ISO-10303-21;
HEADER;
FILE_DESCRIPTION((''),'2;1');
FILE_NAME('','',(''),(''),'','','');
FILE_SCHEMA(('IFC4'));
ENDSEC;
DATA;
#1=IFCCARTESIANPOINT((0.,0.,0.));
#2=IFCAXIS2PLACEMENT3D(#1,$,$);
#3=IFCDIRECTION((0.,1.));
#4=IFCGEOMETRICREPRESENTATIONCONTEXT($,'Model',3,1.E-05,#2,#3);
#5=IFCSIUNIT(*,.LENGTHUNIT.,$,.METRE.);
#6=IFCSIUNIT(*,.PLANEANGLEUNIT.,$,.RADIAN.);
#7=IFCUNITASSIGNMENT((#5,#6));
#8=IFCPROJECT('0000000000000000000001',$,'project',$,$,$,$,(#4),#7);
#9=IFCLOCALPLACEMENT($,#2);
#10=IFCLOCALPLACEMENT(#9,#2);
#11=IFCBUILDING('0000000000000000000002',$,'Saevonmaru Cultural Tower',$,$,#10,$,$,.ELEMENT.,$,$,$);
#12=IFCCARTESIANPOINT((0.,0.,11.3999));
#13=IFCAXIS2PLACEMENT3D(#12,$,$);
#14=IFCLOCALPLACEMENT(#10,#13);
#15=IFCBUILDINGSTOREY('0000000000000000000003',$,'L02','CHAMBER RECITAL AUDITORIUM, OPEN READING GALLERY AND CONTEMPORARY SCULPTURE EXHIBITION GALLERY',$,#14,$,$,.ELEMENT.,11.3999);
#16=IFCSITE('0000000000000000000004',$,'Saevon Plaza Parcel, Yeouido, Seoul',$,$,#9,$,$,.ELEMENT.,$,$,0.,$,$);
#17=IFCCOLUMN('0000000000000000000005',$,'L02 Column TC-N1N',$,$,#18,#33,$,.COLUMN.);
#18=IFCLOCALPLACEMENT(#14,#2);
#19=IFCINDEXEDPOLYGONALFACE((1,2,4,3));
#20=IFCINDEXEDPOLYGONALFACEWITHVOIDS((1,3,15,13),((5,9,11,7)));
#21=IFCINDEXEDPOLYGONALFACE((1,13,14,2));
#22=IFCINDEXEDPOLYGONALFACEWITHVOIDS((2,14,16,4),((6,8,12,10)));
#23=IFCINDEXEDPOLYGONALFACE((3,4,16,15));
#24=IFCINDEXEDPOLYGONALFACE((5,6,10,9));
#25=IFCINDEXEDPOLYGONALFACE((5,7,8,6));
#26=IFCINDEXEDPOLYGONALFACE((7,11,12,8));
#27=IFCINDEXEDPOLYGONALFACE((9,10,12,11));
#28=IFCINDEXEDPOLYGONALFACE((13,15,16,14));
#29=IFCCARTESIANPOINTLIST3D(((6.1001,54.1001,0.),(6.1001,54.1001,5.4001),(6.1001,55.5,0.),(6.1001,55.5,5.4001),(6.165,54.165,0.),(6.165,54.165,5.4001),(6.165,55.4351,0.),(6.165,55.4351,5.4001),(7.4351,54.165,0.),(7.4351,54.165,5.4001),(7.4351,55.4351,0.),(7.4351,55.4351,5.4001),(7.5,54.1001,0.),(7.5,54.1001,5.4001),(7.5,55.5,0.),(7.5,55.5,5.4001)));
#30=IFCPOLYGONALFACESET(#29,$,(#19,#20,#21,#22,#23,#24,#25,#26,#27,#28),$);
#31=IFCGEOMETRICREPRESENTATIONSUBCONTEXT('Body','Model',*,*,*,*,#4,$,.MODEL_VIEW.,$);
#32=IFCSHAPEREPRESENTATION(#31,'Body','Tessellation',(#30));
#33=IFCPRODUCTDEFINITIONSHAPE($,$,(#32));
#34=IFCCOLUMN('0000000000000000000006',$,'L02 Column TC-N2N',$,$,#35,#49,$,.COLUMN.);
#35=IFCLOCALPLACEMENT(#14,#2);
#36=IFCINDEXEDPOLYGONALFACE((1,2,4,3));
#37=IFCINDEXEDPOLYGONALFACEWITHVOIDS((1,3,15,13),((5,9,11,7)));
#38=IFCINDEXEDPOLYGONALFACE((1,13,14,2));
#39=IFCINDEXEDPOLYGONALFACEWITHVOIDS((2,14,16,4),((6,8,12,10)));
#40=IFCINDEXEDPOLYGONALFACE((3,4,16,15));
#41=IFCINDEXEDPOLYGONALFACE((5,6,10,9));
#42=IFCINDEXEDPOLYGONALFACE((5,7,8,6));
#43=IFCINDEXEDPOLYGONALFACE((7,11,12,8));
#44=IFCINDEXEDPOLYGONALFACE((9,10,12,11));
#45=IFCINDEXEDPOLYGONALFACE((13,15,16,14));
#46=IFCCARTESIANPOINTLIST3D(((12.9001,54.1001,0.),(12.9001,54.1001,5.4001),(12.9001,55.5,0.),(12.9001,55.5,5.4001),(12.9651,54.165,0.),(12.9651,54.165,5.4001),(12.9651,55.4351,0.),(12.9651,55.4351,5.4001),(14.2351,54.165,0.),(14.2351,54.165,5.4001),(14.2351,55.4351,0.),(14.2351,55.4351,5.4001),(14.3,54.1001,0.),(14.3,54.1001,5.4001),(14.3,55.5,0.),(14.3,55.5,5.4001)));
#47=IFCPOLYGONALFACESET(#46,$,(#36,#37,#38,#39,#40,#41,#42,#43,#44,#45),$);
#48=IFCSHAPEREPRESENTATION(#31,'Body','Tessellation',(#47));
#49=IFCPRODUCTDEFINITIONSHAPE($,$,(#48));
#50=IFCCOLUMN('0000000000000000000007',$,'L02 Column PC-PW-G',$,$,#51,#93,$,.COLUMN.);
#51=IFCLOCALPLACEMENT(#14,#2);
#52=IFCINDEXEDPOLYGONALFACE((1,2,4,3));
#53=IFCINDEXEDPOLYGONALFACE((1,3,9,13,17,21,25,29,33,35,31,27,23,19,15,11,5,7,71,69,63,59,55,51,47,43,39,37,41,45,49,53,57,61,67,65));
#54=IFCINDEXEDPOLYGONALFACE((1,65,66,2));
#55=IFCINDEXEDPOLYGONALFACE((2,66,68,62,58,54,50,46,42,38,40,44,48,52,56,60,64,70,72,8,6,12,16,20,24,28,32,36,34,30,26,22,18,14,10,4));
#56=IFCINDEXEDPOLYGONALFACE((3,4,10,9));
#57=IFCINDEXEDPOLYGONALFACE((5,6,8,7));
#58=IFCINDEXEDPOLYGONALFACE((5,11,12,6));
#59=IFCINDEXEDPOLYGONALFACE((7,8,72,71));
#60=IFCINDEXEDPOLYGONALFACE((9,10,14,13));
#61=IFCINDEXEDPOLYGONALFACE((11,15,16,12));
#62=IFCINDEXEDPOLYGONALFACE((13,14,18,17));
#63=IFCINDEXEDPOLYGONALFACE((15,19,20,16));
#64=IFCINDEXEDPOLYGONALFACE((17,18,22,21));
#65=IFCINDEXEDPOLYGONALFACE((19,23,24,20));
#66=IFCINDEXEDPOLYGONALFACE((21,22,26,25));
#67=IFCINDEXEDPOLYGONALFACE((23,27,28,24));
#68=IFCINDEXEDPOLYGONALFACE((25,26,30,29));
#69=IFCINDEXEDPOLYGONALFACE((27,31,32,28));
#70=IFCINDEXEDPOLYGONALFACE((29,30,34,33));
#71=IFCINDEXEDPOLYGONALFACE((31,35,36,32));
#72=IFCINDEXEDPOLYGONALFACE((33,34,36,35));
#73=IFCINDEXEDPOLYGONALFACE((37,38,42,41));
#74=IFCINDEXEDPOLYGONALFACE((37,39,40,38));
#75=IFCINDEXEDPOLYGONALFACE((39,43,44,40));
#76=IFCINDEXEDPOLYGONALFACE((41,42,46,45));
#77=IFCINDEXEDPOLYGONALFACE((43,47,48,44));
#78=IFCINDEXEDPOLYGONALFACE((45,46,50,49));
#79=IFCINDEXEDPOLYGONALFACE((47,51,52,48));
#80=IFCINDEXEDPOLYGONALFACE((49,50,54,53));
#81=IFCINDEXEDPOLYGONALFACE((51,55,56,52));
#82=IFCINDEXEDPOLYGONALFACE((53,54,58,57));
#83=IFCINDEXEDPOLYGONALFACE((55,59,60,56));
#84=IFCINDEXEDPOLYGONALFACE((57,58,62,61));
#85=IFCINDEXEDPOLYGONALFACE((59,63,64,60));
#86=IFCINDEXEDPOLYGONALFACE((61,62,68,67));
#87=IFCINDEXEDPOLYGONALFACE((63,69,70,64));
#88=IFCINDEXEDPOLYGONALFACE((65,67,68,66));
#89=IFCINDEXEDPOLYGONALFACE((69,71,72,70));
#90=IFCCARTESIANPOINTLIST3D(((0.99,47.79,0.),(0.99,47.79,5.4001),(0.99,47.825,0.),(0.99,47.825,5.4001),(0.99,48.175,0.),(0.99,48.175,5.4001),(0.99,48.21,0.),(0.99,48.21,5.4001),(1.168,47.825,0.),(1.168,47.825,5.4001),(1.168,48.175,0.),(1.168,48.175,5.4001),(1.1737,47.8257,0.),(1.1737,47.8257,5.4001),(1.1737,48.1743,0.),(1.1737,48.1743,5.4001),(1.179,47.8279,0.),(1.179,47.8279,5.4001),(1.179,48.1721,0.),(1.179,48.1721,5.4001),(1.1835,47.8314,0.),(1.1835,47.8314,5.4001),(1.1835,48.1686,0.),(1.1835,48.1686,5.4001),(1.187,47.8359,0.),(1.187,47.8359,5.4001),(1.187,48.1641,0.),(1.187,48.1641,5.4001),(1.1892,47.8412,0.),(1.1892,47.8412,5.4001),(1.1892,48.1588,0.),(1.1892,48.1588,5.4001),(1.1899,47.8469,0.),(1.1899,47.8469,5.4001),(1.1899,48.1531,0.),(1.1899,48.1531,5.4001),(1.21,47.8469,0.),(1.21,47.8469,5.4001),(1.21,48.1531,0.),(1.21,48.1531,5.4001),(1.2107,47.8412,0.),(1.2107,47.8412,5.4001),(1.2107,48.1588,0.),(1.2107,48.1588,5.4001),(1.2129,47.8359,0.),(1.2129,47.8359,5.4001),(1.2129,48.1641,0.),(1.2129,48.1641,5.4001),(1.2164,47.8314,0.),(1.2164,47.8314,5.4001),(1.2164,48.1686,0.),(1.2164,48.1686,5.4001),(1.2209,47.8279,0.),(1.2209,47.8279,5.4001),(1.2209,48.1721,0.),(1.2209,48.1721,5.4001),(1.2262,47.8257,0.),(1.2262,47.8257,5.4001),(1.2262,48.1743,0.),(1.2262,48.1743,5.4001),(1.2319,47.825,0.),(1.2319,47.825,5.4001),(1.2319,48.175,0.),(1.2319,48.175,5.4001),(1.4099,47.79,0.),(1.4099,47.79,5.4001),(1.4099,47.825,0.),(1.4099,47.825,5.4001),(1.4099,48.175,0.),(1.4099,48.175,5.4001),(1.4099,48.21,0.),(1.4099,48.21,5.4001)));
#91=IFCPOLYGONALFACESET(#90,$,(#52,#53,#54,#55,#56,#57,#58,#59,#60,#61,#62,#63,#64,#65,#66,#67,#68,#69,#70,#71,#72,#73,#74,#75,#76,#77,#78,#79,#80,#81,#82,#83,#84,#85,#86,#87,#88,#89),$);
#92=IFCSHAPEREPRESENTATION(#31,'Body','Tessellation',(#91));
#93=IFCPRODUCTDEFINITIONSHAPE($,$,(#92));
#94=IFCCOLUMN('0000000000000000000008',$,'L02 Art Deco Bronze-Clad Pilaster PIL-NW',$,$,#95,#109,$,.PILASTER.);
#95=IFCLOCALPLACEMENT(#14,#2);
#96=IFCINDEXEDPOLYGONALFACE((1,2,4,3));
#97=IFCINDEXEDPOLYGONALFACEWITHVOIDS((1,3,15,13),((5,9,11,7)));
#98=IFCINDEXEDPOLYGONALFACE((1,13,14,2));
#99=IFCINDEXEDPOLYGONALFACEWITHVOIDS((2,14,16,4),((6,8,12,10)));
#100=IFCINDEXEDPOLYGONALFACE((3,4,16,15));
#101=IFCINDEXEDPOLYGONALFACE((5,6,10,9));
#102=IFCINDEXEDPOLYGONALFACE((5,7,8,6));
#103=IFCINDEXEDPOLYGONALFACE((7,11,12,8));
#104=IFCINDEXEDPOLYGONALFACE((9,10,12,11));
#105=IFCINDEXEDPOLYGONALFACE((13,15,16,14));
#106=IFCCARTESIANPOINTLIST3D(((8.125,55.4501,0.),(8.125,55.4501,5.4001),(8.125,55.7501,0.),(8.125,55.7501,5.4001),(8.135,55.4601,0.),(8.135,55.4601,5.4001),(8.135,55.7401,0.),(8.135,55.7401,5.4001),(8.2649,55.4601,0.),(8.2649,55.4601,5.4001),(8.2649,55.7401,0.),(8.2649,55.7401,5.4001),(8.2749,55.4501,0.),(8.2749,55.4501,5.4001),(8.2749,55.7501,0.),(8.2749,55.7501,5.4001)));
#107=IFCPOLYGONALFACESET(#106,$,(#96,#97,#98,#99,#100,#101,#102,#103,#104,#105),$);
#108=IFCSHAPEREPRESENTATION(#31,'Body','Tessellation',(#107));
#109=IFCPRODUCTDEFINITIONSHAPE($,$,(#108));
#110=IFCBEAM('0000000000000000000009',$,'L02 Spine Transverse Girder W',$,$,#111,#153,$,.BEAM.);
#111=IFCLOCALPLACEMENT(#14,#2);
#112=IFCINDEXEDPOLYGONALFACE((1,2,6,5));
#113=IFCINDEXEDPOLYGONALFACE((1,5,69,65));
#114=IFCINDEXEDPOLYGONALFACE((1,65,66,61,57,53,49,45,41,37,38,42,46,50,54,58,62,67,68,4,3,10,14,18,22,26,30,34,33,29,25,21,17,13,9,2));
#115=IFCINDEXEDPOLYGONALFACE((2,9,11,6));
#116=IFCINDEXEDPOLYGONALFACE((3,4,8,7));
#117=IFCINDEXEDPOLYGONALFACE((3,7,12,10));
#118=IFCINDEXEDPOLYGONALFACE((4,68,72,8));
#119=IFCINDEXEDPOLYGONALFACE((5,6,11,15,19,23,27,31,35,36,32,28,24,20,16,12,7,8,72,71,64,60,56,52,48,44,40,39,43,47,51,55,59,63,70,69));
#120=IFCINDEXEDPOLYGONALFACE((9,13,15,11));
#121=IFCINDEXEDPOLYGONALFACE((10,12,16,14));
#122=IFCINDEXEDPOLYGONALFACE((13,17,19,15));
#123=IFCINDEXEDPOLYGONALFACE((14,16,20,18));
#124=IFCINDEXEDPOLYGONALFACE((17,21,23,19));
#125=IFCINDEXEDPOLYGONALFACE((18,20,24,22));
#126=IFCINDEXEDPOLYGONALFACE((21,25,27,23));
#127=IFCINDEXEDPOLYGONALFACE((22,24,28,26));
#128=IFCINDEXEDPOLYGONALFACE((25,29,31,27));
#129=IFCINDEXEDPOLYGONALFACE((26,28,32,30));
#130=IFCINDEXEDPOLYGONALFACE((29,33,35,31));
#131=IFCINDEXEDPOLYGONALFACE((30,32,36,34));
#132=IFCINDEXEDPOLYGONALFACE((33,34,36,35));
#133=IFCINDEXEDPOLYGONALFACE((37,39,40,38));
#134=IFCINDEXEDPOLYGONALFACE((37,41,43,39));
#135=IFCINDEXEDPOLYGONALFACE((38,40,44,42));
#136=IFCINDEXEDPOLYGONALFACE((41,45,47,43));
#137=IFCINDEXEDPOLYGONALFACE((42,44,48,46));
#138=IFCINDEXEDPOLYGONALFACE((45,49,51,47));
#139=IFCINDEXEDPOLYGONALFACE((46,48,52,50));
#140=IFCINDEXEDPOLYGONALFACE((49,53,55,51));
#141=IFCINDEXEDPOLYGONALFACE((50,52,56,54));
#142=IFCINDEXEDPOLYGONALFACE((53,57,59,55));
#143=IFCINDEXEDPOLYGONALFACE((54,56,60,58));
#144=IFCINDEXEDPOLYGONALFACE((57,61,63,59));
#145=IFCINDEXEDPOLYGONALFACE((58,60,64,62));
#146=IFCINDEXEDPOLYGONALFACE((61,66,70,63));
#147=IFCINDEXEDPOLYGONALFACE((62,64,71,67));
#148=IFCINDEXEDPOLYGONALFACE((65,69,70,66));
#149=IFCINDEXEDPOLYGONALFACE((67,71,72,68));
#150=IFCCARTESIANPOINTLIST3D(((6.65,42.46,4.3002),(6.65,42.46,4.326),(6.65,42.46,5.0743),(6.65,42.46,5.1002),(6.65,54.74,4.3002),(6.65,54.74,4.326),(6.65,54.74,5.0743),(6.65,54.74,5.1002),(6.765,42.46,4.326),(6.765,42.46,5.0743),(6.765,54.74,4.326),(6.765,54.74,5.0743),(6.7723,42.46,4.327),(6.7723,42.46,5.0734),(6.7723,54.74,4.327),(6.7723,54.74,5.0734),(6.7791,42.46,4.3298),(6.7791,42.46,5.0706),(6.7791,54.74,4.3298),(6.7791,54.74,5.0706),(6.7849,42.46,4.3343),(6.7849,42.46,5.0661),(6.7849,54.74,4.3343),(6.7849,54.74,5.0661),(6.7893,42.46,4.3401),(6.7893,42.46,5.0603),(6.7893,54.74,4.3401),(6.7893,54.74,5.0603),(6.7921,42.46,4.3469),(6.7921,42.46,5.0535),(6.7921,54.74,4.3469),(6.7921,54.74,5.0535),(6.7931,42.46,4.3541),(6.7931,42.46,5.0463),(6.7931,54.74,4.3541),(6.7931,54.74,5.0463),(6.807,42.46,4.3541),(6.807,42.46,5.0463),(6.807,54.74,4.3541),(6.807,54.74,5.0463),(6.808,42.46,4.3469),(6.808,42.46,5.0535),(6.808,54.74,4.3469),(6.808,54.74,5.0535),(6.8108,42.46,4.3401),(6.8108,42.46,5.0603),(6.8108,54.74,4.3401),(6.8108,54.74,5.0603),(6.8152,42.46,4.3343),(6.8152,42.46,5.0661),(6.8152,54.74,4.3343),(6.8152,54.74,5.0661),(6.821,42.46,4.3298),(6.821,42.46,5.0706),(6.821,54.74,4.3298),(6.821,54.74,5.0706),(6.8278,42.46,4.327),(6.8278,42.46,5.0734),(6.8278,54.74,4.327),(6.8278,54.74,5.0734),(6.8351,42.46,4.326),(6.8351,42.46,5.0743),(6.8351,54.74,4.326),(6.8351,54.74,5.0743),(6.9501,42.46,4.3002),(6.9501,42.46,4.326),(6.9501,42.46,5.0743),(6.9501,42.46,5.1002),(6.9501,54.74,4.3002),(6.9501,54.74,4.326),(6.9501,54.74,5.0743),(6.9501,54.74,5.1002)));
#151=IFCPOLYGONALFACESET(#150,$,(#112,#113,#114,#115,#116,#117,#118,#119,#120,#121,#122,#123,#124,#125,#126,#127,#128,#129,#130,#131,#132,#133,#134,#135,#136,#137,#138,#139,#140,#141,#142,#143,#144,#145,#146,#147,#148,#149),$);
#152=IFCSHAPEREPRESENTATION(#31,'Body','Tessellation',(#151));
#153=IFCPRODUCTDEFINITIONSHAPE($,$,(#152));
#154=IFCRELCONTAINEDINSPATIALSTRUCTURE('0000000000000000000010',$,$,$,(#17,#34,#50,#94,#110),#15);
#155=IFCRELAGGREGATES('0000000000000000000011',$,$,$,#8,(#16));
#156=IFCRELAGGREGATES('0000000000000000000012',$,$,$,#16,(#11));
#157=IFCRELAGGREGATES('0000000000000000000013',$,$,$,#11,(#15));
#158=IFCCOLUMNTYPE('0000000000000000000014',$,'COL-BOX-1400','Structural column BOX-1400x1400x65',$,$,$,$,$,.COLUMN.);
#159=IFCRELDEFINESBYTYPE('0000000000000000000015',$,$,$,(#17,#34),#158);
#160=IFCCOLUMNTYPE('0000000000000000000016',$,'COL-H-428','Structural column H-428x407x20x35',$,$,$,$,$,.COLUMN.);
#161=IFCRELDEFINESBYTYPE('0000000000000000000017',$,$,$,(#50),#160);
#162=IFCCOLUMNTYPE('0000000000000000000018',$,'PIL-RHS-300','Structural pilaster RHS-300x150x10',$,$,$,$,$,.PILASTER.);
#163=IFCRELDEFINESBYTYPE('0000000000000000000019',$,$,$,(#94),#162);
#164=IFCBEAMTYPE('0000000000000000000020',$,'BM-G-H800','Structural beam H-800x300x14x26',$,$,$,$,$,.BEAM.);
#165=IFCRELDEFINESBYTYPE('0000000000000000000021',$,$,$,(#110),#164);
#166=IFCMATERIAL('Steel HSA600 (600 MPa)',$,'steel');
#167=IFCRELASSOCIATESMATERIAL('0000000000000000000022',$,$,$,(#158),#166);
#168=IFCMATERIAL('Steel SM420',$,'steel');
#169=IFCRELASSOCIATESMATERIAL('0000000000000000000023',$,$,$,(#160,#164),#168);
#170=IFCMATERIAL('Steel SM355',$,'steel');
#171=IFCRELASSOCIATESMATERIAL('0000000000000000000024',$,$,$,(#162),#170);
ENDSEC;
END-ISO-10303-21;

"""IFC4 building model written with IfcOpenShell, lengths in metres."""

from ifc_helpers import new_model, si_unit, direction, frame, origin, origin_2d, place, context, subcontext, project, spatial, hollow_rectangle, i_section, extrude, material, material_profile, profile_set, type_object, element, save


model = new_model("IFC4")

# Units and contexts
model_context = context("Model", 3, precision=1e-05, world=origin(), true_north=direction((0.0, 1.0)))
body_context = subcontext(model_context, "Body", "Model", "MODEL_VIEW")
ifc_project = project(units=[si_unit("LENGTHUNIT", "METRE"), si_unit("PLANEANGLEUNIT", "RADIAN")], contexts=[model_context])

# Site, building, storey
site_placement = place(None, origin())
site = spatial("IfcSite", under=ifc_project, at=site_placement, Name="Saevon Plaza Parcel, Yeouido, Seoul", CompositionType="ELEMENT", RefElevation=0.0)
building_placement = place(site_placement, origin())
building = spatial("IfcBuilding", under=site, at=building_placement, Name="Saevonmaru Cultural Tower", CompositionType="ELEMENT")
storey_placement = place(building_placement, frame((0.0, 0.0, 11.3999)))
storey = spatial("IfcBuildingStorey", under=building, at=storey_placement, Name="L02", Description="CHAMBER RECITAL AUDITORIUM, OPEN READING GALLERY AND CONTEMPORARY SCULPTURE EXHIBITION GALLERY", CompositionType="ELEMENT", Elevation=11.3999)

# Columns
ifc_material_1 = material(Name="Steel HSA600 (600 MPa)", Category="steel")
ifc_material_profile_1 = material_profile(ifc_material_1, hollow_rectangle(XDim=1.3999, YDim=1.3999, WallThickness=0.0649, at=origin_2d()), Name="BOX-1400x1400x65")
ifc_profile_set_1 = profile_set([ifc_material_profile_1], Name="Steel HSA600 (600 MPa)")
column_type_1 = type_object("IfcColumnType", Name="COL-BOX-1400", Description="Structural column BOX-1400x1400x65", PredefinedType="COLUMN", material=ifc_profile_set_1)
for number, where, z_axis, x_axis, name in (
    (1, (6.8, 54.8, 0.0), (0.0, 0.0, 1.0), (1.0, 0.0, 0.0), "L02 Column TC-N1N"),
    (2, (13.6001, 54.8, 0.0), (0.0, 0.0, 1.0), (1.0, 0.0, 0.0), "L02 Column TC-N2N"),
):
    element("IfcColumn", number, at=place(storey_placement, frame(where, z_axis=z_axis, x_axis=x_axis)), inside=storey, type_object=column_type_1, Name=name, PredefinedType="COLUMN", context=body_context, shape_type="SweptSolid", body=[
        extrude(hollow_rectangle(XDim=1.3999, YDim=1.3999, WallThickness=0.0649, at=origin_2d()), origin(), (0.0, 0.0, 1.0), 5.4001),
    ])
ifc_material_2 = material(Name="Steel SM420", Category="steel")
ifc_material_profile_2 = material_profile(ifc_material_2, i_section(OverallWidth=0.4199, OverallDepth=0.4199, WebThickness=0.02, FlangeThickness=0.0349, FilletRadius=0.022, at=origin_2d()), Name="H-428x407x20x35")
ifc_profile_set_2 = profile_set([ifc_material_profile_2], Name="Steel SM420")
column_type_2 = type_object("IfcColumnType", Name="COL-H-428", Description="Structural column H-428x407x20x35", PredefinedType="COLUMN", material=ifc_profile_set_2)
column_1_placement = place(storey_placement, frame((1.2, 48.0, 0.0), z_axis=(0.0, 0.0, 1.0), x_axis=(1.0, 0.0, 0.0)))
element("IfcColumn", 3, at=column_1_placement, inside=storey, type_object=column_type_2, Name="L02 Column PC-PW-G", PredefinedType="COLUMN", context=body_context, shape_type="SweptSolid", body=[
    extrude(i_section(OverallWidth=0.4199, OverallDepth=0.4199, WebThickness=0.02, FlangeThickness=0.0349, FilletRadius=0.022, at=origin_2d()), origin(), (0.0, 0.0, 1.0), 5.4001),
])
ifc_material_3 = material(Name="Steel SM355", Category="steel")
ifc_material_profile_3 = material_profile(ifc_material_3, hollow_rectangle(XDim=0.1499, YDim=0.3, WallThickness=0.01, at=origin_2d()), Name="RHS-300x150x10")
ifc_profile_set_3 = profile_set([ifc_material_profile_3], Name="Steel SM355")
column_type_3 = type_object("IfcColumnType", Name="PIL-RHS-300", Description="Structural pilaster RHS-300x150x10", PredefinedType="PILASTER", material=ifc_profile_set_3)
column_2_placement = place(storey_placement, frame((8.2, 55.6001, 0.0), z_axis=(0.0, 0.0, 1.0), x_axis=(1.0, 0.0, 0.0)))
element("IfcColumn", 4, at=column_2_placement, inside=storey, type_object=column_type_3, Name="L02 Art Deco Bronze-Clad Pilaster PIL-NW", PredefinedType="PILASTER", context=body_context, shape_type="SweptSolid", body=[
    extrude(hollow_rectangle(XDim=0.1499, YDim=0.3, WallThickness=0.01, at=origin_2d()), origin(), (0.0, 0.0, 1.0), 5.4001),
])

# Beam
ifc_material_profile_4 = material_profile(ifc_material_2, i_section(OverallWidth=0.3, OverallDepth=0.8, WebThickness=0.0139, FlangeThickness=0.0259, FilletRadius=0.0281, at=origin_2d()), Name="H-800x300x14x26")
ifc_profile_set_4 = profile_set([ifc_material_profile_4], Name="Steel SM420")
beam_type_1 = type_object("IfcBeamType", Name="BM-G-H800", Description="Structural beam H-800x300x14x26", PredefinedType="BEAM", material=ifc_profile_set_4)
beam_1_placement = place(storey_placement, frame((6.8, 54.74, 4.7002), z_axis=(0.0, -1.0, 0.0), x_axis=(1.0, 0.0, 0.0)))
element("IfcBeam", 5, at=beam_1_placement, inside=storey, type_object=beam_type_1, Name="L02 Spine Transverse Girder W", PredefinedType="BEAM", context=body_context, shape_type="SweptSolid", body=[
    extrude(i_section(OverallWidth=0.3, OverallDepth=0.8, WebThickness=0.0139, FlangeThickness=0.0259, FilletRadius=0.0281, at=origin_2d()), origin(), (0.0, 0.0, 1.0), 12.28),
])

save(model, "model.ifc")
